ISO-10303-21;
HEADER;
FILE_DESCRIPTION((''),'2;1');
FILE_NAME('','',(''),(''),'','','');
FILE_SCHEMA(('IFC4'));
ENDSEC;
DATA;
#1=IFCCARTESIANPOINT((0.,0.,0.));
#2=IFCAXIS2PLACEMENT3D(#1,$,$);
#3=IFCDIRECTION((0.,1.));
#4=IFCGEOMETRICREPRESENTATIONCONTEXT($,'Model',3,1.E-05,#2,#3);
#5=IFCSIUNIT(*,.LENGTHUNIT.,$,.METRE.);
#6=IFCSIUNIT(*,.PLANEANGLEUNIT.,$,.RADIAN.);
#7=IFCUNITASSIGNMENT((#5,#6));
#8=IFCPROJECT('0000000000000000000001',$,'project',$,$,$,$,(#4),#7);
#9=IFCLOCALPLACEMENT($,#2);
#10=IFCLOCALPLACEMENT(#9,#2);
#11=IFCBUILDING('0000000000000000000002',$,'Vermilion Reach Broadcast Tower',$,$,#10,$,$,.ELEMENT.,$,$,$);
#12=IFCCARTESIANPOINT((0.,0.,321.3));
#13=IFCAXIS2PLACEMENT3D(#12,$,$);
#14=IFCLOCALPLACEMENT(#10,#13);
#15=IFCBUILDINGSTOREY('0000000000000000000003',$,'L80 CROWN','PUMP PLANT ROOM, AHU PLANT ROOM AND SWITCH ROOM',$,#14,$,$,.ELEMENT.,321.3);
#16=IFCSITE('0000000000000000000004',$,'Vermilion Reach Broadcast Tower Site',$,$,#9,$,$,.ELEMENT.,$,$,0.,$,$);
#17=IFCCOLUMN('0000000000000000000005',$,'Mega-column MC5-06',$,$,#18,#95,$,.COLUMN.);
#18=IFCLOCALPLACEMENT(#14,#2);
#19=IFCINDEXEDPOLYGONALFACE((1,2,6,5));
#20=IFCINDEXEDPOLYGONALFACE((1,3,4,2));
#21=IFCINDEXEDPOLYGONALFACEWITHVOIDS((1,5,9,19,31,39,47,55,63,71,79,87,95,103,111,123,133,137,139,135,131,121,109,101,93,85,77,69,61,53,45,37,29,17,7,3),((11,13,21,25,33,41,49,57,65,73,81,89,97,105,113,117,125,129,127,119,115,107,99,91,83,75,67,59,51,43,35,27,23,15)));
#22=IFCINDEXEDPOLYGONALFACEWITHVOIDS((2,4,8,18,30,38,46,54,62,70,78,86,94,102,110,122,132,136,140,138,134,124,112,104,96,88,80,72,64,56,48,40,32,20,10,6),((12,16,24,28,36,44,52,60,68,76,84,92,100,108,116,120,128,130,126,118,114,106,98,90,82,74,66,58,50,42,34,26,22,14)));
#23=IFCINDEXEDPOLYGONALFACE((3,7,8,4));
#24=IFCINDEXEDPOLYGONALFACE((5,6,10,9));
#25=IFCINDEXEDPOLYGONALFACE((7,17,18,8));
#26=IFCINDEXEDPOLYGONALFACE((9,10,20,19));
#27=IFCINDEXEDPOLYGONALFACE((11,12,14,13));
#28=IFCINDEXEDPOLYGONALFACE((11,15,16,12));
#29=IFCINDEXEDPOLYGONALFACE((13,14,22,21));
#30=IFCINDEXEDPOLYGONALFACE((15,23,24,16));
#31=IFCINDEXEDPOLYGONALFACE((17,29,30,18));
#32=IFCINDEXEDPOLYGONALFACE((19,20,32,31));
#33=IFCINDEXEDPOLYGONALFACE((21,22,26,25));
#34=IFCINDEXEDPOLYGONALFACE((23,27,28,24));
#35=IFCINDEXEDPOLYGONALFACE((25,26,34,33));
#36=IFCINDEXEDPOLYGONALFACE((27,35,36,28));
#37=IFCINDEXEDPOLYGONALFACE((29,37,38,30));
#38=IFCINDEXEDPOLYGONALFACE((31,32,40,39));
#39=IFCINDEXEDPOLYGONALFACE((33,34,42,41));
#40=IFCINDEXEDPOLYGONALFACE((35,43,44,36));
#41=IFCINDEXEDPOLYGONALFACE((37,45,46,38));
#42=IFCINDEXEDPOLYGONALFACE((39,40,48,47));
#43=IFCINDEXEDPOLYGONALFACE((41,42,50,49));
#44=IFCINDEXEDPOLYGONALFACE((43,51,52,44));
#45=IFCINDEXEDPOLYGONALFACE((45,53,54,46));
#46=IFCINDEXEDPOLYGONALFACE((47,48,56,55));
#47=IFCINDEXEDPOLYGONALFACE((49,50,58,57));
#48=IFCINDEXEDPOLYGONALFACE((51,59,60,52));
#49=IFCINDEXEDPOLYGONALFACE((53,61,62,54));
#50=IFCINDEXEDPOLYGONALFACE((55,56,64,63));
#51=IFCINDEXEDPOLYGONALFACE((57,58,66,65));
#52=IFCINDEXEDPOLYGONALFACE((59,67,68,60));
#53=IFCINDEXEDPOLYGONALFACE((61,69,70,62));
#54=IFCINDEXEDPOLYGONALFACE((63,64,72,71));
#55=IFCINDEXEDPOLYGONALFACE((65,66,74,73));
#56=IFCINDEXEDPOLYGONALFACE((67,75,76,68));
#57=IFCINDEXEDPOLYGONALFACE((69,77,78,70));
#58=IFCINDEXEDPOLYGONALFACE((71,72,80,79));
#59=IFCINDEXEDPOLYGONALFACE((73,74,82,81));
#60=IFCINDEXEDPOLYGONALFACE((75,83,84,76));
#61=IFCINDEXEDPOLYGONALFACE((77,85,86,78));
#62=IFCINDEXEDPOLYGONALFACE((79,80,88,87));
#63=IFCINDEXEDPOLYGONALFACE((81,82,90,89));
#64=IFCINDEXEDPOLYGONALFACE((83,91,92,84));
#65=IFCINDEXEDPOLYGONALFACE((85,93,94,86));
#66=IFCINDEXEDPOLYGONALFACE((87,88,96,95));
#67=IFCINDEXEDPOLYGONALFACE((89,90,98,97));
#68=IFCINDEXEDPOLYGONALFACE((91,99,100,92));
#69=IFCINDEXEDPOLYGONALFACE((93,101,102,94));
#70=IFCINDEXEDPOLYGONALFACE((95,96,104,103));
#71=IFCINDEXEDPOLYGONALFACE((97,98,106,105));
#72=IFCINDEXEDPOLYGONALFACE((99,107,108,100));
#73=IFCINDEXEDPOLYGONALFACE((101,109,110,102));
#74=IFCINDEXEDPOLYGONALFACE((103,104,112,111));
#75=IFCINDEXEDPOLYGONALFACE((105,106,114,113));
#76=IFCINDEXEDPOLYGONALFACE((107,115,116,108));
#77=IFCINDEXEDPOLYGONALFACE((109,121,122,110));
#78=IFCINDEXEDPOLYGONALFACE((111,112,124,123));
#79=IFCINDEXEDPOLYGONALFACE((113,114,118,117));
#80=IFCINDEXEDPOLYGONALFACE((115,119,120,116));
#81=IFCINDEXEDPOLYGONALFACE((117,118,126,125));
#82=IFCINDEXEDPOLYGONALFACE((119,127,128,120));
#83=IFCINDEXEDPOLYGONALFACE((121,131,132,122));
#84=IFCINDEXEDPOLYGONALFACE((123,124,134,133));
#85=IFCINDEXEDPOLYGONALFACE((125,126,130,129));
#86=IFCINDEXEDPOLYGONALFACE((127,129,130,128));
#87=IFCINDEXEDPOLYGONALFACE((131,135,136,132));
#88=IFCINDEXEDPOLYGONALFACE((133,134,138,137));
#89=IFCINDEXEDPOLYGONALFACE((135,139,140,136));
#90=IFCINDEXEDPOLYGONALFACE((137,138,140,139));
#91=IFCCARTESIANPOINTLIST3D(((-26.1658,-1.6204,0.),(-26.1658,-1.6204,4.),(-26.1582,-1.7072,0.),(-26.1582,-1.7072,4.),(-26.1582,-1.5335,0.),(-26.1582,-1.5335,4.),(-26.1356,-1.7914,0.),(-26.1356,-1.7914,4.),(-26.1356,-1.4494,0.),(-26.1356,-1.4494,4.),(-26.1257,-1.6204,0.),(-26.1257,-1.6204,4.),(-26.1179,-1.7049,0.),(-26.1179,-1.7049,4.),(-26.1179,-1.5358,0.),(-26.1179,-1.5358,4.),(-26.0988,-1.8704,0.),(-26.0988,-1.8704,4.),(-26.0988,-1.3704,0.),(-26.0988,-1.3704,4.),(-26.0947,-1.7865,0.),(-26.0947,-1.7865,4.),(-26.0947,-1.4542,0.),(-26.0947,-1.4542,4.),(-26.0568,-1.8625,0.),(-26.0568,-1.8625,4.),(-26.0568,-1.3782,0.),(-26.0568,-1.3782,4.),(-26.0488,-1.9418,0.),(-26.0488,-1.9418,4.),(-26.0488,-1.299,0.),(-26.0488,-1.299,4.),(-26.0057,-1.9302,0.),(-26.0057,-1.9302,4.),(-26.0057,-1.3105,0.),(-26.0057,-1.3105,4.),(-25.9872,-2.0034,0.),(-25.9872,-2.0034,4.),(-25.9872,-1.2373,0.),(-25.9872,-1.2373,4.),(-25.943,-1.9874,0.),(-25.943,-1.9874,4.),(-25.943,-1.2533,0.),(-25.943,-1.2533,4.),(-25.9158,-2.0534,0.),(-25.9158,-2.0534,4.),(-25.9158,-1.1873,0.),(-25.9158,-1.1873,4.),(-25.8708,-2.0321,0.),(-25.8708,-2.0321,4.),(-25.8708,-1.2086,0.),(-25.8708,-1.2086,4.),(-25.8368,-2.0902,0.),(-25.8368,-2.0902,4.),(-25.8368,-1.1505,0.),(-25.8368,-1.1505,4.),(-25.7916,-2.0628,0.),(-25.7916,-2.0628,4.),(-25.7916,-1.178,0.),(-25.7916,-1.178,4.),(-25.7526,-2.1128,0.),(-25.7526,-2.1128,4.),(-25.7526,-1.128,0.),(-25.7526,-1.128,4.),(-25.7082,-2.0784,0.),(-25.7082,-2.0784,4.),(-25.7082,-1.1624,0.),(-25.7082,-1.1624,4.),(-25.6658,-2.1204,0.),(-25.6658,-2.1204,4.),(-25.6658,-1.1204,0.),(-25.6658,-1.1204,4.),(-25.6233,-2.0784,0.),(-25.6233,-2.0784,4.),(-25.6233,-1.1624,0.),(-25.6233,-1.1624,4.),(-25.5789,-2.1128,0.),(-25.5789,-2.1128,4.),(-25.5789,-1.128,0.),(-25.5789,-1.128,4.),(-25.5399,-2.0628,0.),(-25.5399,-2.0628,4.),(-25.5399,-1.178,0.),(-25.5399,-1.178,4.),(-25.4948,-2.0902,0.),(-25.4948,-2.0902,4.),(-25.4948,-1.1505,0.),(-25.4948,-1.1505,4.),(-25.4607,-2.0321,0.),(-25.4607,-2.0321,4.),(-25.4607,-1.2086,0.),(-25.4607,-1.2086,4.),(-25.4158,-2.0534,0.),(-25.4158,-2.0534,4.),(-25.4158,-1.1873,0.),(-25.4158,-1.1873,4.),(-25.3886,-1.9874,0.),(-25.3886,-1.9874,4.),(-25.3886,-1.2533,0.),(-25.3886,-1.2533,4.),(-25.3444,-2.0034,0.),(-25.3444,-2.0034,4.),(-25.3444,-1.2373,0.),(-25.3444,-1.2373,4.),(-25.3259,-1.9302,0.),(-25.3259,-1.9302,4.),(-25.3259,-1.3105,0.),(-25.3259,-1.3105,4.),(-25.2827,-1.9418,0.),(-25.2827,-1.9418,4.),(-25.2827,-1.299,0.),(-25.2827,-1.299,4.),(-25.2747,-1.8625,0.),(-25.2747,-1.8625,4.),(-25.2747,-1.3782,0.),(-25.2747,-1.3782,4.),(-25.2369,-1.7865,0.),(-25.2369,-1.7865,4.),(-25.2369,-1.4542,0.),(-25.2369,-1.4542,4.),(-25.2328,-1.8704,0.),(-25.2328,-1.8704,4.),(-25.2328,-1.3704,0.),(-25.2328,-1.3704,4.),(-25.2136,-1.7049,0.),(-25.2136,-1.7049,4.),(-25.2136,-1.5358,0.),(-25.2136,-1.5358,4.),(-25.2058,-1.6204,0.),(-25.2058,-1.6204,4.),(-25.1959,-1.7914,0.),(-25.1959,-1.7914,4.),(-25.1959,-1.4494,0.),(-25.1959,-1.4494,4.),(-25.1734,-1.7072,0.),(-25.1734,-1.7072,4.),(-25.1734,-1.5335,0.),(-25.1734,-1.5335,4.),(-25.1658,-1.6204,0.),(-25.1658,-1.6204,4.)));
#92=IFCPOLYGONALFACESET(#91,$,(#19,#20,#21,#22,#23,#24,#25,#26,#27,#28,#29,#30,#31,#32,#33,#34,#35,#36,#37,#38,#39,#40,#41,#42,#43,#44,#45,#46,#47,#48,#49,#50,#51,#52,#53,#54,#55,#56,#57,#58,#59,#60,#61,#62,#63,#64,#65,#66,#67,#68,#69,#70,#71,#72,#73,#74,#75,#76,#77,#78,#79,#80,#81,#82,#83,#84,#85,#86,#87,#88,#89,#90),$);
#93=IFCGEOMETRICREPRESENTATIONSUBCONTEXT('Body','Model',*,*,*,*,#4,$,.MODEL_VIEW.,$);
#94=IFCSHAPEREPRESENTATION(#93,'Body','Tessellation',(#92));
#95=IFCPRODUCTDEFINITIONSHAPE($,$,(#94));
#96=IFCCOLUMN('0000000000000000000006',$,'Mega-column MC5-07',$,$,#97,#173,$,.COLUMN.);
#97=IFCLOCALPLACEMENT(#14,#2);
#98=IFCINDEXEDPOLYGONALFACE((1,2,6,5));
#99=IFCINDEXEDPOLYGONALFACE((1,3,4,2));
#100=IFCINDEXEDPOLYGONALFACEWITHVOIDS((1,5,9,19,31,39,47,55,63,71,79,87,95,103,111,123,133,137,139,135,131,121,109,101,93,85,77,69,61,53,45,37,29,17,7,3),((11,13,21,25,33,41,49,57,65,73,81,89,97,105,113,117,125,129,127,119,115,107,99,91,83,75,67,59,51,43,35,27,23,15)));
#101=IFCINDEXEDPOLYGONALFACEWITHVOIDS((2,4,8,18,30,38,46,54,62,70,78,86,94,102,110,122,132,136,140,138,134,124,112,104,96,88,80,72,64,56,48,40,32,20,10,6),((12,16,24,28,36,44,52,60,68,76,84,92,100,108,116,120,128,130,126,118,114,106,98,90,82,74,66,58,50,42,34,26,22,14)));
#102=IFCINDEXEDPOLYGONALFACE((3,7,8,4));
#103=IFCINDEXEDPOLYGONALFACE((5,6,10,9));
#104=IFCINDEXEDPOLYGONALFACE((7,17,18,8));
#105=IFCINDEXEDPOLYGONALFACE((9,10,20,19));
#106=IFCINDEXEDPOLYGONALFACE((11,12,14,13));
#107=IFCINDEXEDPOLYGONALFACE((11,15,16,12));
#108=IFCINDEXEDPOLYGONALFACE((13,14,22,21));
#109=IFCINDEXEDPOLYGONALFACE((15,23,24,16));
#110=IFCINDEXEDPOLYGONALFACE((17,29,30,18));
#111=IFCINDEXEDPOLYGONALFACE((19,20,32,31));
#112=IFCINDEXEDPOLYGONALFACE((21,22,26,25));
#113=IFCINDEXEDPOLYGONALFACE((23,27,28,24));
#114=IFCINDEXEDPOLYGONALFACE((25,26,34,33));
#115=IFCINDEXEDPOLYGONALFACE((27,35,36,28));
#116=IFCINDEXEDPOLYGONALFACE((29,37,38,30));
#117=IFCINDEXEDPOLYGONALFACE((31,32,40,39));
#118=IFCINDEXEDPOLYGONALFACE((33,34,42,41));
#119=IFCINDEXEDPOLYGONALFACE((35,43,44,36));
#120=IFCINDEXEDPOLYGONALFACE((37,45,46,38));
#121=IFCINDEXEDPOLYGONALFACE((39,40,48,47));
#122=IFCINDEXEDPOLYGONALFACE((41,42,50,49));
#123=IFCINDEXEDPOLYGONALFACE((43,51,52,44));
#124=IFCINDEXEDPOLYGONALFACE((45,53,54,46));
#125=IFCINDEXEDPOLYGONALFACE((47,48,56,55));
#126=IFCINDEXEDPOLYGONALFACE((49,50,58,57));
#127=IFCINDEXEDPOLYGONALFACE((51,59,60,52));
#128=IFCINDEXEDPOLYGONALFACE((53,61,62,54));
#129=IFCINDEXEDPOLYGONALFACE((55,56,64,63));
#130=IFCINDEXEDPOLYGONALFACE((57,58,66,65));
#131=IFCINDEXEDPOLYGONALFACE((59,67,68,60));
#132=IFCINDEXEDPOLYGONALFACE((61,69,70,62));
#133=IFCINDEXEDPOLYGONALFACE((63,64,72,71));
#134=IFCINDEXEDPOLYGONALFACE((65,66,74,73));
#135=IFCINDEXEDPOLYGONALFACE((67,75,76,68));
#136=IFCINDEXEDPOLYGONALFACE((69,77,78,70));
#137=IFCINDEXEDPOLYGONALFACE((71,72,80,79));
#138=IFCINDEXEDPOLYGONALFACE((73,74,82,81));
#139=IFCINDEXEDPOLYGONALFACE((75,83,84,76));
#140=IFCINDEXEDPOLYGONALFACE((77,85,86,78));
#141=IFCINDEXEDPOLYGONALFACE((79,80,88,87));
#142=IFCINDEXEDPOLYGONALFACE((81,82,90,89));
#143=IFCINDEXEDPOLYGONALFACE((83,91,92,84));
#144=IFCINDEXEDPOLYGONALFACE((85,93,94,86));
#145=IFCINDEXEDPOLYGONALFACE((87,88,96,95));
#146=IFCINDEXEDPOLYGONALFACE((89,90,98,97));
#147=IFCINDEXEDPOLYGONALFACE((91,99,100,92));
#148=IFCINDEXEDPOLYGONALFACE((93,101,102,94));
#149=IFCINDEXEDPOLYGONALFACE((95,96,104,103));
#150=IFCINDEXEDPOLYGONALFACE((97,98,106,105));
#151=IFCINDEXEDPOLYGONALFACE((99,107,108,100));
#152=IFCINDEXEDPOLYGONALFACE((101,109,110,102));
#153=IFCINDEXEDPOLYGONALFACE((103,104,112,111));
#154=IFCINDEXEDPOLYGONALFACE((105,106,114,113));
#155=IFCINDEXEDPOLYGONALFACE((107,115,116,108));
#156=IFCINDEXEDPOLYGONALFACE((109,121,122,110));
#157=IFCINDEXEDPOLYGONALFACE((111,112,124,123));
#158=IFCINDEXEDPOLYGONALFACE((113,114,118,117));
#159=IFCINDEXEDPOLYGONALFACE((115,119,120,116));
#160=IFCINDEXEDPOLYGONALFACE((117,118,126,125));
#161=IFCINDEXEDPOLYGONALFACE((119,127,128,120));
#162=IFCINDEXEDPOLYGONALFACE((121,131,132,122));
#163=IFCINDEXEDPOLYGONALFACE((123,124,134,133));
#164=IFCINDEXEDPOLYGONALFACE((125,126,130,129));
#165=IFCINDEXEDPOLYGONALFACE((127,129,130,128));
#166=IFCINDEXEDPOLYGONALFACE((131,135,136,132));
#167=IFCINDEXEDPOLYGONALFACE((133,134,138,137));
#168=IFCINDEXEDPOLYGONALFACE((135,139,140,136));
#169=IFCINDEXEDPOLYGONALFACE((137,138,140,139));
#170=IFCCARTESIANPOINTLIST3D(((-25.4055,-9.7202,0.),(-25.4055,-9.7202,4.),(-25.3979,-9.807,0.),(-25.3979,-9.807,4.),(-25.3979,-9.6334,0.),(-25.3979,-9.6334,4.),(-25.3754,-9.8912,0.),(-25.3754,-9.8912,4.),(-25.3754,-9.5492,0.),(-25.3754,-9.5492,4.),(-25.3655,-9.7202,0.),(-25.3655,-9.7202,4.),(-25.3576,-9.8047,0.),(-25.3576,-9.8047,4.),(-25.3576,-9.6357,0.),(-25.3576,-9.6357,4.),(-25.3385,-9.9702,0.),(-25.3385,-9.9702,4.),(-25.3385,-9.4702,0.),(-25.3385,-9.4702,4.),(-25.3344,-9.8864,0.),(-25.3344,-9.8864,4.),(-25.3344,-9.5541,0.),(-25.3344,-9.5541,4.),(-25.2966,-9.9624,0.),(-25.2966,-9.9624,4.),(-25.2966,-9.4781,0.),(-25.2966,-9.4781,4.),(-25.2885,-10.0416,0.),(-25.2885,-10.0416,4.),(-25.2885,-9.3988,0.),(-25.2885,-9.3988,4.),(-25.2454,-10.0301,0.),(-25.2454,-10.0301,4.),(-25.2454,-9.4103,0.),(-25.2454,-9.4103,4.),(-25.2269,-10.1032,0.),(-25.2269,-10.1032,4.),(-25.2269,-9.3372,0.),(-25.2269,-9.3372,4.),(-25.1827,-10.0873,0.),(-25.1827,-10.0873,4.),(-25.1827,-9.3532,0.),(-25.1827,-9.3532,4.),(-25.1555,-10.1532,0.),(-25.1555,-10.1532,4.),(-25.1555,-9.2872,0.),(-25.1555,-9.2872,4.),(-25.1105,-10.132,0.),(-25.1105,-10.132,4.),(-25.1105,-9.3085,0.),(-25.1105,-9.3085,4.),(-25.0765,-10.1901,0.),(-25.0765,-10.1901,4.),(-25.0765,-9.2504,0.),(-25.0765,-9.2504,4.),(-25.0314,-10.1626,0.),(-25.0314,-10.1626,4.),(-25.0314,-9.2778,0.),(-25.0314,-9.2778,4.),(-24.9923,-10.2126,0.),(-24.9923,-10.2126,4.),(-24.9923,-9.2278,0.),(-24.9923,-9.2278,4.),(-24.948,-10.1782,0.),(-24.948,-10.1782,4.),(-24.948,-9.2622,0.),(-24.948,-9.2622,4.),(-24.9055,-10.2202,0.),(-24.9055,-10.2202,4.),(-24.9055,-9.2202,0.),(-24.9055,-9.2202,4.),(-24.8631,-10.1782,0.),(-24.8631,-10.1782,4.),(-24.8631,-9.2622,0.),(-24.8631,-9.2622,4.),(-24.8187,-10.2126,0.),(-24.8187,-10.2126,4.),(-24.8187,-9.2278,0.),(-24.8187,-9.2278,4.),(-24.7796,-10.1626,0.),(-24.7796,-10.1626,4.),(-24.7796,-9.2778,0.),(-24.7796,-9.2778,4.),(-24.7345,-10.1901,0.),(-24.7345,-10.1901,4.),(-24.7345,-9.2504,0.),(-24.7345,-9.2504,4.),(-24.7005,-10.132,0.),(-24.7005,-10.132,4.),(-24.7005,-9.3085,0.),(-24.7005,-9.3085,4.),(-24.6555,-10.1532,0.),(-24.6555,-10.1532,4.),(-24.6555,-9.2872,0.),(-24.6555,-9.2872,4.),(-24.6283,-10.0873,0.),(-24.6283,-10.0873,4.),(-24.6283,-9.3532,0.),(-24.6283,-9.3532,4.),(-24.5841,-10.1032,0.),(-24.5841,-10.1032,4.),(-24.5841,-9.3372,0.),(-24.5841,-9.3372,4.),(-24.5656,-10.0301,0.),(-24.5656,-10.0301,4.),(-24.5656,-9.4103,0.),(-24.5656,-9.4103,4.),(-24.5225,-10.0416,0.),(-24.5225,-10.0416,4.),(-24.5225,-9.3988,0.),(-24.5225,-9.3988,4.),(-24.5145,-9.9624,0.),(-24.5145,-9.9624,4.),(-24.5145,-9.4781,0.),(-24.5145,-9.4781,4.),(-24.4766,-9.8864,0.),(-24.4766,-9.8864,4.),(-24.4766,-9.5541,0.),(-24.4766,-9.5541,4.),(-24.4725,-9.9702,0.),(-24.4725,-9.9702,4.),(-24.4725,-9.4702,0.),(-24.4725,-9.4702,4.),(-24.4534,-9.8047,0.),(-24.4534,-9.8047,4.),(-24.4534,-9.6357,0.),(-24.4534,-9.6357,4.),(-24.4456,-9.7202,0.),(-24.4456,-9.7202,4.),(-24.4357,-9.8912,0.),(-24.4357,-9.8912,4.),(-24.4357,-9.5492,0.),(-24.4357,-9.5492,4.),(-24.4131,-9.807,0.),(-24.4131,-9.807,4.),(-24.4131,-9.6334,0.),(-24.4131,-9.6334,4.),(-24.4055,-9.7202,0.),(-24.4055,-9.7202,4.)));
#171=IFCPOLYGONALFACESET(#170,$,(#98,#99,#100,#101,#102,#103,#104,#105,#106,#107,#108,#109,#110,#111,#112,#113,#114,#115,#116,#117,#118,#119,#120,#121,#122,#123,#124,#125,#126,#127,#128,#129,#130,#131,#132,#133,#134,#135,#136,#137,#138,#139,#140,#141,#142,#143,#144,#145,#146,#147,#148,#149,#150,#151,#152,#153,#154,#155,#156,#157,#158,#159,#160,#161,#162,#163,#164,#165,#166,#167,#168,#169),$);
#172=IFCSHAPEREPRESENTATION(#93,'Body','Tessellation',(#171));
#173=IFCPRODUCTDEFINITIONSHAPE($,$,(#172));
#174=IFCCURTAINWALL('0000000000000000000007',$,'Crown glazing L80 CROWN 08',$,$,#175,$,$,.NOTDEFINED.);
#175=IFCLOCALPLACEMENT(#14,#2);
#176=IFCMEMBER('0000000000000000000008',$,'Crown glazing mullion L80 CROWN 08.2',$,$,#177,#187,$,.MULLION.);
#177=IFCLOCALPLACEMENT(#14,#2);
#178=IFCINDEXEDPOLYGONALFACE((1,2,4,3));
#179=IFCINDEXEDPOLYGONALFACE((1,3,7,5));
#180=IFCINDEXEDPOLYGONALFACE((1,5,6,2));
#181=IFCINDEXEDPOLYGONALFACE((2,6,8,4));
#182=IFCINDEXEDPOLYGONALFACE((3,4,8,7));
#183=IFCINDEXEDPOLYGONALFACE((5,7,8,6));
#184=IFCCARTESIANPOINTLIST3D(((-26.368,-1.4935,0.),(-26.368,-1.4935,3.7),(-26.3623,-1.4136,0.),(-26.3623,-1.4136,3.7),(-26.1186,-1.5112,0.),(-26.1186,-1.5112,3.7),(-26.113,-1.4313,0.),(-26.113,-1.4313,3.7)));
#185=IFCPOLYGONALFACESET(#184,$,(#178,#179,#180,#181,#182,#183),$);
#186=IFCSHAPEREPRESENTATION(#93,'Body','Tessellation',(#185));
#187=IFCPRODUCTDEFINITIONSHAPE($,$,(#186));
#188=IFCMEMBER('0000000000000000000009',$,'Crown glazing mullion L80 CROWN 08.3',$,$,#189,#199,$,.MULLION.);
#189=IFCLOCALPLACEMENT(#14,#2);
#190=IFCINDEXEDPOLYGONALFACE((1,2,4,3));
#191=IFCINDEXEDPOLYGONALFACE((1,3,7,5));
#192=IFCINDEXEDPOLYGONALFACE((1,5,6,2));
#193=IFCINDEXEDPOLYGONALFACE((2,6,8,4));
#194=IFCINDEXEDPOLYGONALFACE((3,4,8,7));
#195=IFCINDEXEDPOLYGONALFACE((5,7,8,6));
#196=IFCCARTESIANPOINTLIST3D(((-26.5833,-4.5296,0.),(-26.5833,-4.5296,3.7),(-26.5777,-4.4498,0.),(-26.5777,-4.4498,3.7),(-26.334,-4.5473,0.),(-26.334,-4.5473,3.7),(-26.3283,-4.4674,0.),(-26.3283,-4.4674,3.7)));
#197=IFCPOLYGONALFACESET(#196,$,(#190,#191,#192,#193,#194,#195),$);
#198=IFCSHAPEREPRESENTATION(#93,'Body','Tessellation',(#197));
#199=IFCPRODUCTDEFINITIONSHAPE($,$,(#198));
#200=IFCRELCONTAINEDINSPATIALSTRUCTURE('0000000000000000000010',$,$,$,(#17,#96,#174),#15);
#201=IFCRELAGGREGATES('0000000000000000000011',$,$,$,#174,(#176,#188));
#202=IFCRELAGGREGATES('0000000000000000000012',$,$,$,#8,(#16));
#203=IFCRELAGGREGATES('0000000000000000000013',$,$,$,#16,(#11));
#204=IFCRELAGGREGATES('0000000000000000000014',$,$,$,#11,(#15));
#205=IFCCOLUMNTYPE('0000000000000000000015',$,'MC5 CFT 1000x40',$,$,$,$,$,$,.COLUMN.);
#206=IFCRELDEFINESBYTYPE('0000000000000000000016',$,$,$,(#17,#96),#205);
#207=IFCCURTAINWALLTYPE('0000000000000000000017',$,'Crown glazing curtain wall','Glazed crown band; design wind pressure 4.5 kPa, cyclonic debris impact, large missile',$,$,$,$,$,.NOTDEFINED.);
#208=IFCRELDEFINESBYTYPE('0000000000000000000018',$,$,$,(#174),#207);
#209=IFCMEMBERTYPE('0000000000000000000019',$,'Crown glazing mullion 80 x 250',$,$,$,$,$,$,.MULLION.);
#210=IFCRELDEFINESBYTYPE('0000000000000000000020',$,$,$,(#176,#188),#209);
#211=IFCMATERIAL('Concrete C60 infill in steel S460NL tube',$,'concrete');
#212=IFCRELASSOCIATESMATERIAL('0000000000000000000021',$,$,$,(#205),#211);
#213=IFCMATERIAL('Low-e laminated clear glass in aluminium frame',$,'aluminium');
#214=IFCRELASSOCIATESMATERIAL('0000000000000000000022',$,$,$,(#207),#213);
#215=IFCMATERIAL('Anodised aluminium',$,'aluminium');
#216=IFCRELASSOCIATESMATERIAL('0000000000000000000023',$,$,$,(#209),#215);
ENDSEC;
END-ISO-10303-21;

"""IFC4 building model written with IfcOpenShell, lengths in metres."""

from ifc_helpers import new_model, si_unit, direction, frame, origin, origin_2d, place, context, subcontext, project, spatial, rectangle, hollow_circle, extrude, material, material_profile, profile_set, type_object, element, aggregate, save


model = new_model("IFC4")

# Units and contexts
model_context = context("Model", 3, precision=1e-05, world=origin(), true_north=direction((0.0, 1.0)))
body_context = subcontext(model_context, "Body", "Model", "MODEL_VIEW")
ifc_project = project(units=[si_unit("LENGTHUNIT", "METRE"), si_unit("PLANEANGLEUNIT", "RADIAN")], contexts=[model_context])

# Site, building, storey
site_placement = place(None, origin())
site = spatial("IfcSite", under=ifc_project, at=site_placement, Name="Vermilion Reach Broadcast Tower Site", CompositionType="ELEMENT", RefElevation=0.0)
building_placement = place(site_placement, origin())
building = spatial("IfcBuilding", under=site, at=building_placement, Name="Vermilion Reach Broadcast Tower", CompositionType="ELEMENT")
storey_placement = place(building_placement, frame((0.0, 0.0, 321.3)))
storey = spatial("IfcBuildingStorey", under=building, at=storey_placement, Name="L80 CROWN", Description="PUMP PLANT ROOM, AHU PLANT ROOM AND SWITCH ROOM", CompositionType="ELEMENT", Elevation=321.3)

# Columns
ifc_material_1 = material(Name="Concrete C60 infill in steel S460NL tube", Category="concrete")
ifc_material_profile_1 = material_profile(ifc_material_1, hollow_circle(Radius=0.5, WallThickness=0.04, at=origin_2d()), Name="Concrete C60 infill in steel S460NL tube CFT 1000x40")
ifc_profile_set_1 = profile_set([ifc_material_profile_1], Name="Concrete C60 infill in steel S460NL tube")
column_type = type_object("IfcColumnType", Name="MC5 CFT 1000x40", PredefinedType="COLUMN", material=ifc_profile_set_1)
for number, where, z_axis, x_axis, name in (
    (1, (-25.6658, -1.6204, 0.0), (0.0, 0.0, 1.0), (1.0, 0.0, 0.0), "Mega-column MC5-06"),
    (2, (-24.9055, -9.7202, 0.0), (0.0, 0.0, 1.0), (1.0, 0.0, 0.0), "Mega-column MC5-07"),
):
    element("IfcColumn", number, at=place(storey_placement, frame(where, z_axis=z_axis, x_axis=x_axis)), inside=storey, type_object=column_type, Name=name, PredefinedType="COLUMN", context=body_context, shape_type="SweptSolid", body=[
        extrude(hollow_circle(Radius=0.5, WallThickness=0.04, at=origin_2d()), origin(), (0.0, 0.0, 1.0), 4.0),
    ])

# Curtain wall, members
ifc_material_2 = material(Name="Low-e laminated clear glass in aluminium frame", Category="aluminium")
curtain_wall_type = type_object("IfcCurtainWallType", Name="Crown glazing curtain wall", Description="Glazed crown band; design wind pressure 4.5 kPa, cyclonic debris impact, large missile", PredefinedType="NOTDEFINED", material=ifc_material_2)
placement = place(storey_placement, origin())
curtain_wall_1 = element("IfcCurtainWall", 3, at=placement, inside=storey, type_object=curtain_wall_type, Name="Crown glazing L80 CROWN 08", PredefinedType="NOTDEFINED")
ifc_material_3 = material(Name="Anodised aluminium", Category="aluminium")
ifc_material_profile_2 = material_profile(ifc_material_3, rectangle(XDim=0.25, YDim=0.0801, at=origin_2d()), Name="Crown glazing mullion 80 x 250")
ifc_profile_set_2 = profile_set([ifc_material_profile_2], Name="Anodised aluminium")
member_type_1 = type_object("IfcMemberType", Name="Crown glazing mullion 80 x 250", PredefinedType="MULLION", material=ifc_profile_set_2)
member_1_placement = place(storey_placement, frame((-26.2405, -1.4624, 0.0), z_axis=(0.0, 0.0, 1.0), x_axis=(0.9975, -0.070673, 0.0)))
member_1 = element("IfcMember", 4, at=member_1_placement, type_object=member_type_1, Name="Crown glazing mullion L80 CROWN 08.2", PredefinedType="MULLION", context=body_context, shape_type="SweptSolid", body=[
    extrude(rectangle(XDim=0.25, YDim=0.0801, at=origin_2d()), origin(), (0.0, 0.0, 1.0), 3.7),
])
member_2_placement = place(storey_placement, frame((-26.4558, -4.4985, 0.0), z_axis=(0.0, 0.0, 1.0), x_axis=(0.9975, -0.070673, 0.0)))
member_2 = element("IfcMember", 5, at=member_2_placement, type_object=member_type_1, Name="Crown glazing mullion L80 CROWN 08.3", PredefinedType="MULLION", context=body_context, shape_type="SweptSolid", body=[
    extrude(rectangle(XDim=0.25, YDim=0.0801, at=origin_2d()), origin(), (0.0, 0.0, 1.0), 3.7),
])

aggregate(curtain_wall_1, [member_1, member_2])

save(model, "model.ifc")
